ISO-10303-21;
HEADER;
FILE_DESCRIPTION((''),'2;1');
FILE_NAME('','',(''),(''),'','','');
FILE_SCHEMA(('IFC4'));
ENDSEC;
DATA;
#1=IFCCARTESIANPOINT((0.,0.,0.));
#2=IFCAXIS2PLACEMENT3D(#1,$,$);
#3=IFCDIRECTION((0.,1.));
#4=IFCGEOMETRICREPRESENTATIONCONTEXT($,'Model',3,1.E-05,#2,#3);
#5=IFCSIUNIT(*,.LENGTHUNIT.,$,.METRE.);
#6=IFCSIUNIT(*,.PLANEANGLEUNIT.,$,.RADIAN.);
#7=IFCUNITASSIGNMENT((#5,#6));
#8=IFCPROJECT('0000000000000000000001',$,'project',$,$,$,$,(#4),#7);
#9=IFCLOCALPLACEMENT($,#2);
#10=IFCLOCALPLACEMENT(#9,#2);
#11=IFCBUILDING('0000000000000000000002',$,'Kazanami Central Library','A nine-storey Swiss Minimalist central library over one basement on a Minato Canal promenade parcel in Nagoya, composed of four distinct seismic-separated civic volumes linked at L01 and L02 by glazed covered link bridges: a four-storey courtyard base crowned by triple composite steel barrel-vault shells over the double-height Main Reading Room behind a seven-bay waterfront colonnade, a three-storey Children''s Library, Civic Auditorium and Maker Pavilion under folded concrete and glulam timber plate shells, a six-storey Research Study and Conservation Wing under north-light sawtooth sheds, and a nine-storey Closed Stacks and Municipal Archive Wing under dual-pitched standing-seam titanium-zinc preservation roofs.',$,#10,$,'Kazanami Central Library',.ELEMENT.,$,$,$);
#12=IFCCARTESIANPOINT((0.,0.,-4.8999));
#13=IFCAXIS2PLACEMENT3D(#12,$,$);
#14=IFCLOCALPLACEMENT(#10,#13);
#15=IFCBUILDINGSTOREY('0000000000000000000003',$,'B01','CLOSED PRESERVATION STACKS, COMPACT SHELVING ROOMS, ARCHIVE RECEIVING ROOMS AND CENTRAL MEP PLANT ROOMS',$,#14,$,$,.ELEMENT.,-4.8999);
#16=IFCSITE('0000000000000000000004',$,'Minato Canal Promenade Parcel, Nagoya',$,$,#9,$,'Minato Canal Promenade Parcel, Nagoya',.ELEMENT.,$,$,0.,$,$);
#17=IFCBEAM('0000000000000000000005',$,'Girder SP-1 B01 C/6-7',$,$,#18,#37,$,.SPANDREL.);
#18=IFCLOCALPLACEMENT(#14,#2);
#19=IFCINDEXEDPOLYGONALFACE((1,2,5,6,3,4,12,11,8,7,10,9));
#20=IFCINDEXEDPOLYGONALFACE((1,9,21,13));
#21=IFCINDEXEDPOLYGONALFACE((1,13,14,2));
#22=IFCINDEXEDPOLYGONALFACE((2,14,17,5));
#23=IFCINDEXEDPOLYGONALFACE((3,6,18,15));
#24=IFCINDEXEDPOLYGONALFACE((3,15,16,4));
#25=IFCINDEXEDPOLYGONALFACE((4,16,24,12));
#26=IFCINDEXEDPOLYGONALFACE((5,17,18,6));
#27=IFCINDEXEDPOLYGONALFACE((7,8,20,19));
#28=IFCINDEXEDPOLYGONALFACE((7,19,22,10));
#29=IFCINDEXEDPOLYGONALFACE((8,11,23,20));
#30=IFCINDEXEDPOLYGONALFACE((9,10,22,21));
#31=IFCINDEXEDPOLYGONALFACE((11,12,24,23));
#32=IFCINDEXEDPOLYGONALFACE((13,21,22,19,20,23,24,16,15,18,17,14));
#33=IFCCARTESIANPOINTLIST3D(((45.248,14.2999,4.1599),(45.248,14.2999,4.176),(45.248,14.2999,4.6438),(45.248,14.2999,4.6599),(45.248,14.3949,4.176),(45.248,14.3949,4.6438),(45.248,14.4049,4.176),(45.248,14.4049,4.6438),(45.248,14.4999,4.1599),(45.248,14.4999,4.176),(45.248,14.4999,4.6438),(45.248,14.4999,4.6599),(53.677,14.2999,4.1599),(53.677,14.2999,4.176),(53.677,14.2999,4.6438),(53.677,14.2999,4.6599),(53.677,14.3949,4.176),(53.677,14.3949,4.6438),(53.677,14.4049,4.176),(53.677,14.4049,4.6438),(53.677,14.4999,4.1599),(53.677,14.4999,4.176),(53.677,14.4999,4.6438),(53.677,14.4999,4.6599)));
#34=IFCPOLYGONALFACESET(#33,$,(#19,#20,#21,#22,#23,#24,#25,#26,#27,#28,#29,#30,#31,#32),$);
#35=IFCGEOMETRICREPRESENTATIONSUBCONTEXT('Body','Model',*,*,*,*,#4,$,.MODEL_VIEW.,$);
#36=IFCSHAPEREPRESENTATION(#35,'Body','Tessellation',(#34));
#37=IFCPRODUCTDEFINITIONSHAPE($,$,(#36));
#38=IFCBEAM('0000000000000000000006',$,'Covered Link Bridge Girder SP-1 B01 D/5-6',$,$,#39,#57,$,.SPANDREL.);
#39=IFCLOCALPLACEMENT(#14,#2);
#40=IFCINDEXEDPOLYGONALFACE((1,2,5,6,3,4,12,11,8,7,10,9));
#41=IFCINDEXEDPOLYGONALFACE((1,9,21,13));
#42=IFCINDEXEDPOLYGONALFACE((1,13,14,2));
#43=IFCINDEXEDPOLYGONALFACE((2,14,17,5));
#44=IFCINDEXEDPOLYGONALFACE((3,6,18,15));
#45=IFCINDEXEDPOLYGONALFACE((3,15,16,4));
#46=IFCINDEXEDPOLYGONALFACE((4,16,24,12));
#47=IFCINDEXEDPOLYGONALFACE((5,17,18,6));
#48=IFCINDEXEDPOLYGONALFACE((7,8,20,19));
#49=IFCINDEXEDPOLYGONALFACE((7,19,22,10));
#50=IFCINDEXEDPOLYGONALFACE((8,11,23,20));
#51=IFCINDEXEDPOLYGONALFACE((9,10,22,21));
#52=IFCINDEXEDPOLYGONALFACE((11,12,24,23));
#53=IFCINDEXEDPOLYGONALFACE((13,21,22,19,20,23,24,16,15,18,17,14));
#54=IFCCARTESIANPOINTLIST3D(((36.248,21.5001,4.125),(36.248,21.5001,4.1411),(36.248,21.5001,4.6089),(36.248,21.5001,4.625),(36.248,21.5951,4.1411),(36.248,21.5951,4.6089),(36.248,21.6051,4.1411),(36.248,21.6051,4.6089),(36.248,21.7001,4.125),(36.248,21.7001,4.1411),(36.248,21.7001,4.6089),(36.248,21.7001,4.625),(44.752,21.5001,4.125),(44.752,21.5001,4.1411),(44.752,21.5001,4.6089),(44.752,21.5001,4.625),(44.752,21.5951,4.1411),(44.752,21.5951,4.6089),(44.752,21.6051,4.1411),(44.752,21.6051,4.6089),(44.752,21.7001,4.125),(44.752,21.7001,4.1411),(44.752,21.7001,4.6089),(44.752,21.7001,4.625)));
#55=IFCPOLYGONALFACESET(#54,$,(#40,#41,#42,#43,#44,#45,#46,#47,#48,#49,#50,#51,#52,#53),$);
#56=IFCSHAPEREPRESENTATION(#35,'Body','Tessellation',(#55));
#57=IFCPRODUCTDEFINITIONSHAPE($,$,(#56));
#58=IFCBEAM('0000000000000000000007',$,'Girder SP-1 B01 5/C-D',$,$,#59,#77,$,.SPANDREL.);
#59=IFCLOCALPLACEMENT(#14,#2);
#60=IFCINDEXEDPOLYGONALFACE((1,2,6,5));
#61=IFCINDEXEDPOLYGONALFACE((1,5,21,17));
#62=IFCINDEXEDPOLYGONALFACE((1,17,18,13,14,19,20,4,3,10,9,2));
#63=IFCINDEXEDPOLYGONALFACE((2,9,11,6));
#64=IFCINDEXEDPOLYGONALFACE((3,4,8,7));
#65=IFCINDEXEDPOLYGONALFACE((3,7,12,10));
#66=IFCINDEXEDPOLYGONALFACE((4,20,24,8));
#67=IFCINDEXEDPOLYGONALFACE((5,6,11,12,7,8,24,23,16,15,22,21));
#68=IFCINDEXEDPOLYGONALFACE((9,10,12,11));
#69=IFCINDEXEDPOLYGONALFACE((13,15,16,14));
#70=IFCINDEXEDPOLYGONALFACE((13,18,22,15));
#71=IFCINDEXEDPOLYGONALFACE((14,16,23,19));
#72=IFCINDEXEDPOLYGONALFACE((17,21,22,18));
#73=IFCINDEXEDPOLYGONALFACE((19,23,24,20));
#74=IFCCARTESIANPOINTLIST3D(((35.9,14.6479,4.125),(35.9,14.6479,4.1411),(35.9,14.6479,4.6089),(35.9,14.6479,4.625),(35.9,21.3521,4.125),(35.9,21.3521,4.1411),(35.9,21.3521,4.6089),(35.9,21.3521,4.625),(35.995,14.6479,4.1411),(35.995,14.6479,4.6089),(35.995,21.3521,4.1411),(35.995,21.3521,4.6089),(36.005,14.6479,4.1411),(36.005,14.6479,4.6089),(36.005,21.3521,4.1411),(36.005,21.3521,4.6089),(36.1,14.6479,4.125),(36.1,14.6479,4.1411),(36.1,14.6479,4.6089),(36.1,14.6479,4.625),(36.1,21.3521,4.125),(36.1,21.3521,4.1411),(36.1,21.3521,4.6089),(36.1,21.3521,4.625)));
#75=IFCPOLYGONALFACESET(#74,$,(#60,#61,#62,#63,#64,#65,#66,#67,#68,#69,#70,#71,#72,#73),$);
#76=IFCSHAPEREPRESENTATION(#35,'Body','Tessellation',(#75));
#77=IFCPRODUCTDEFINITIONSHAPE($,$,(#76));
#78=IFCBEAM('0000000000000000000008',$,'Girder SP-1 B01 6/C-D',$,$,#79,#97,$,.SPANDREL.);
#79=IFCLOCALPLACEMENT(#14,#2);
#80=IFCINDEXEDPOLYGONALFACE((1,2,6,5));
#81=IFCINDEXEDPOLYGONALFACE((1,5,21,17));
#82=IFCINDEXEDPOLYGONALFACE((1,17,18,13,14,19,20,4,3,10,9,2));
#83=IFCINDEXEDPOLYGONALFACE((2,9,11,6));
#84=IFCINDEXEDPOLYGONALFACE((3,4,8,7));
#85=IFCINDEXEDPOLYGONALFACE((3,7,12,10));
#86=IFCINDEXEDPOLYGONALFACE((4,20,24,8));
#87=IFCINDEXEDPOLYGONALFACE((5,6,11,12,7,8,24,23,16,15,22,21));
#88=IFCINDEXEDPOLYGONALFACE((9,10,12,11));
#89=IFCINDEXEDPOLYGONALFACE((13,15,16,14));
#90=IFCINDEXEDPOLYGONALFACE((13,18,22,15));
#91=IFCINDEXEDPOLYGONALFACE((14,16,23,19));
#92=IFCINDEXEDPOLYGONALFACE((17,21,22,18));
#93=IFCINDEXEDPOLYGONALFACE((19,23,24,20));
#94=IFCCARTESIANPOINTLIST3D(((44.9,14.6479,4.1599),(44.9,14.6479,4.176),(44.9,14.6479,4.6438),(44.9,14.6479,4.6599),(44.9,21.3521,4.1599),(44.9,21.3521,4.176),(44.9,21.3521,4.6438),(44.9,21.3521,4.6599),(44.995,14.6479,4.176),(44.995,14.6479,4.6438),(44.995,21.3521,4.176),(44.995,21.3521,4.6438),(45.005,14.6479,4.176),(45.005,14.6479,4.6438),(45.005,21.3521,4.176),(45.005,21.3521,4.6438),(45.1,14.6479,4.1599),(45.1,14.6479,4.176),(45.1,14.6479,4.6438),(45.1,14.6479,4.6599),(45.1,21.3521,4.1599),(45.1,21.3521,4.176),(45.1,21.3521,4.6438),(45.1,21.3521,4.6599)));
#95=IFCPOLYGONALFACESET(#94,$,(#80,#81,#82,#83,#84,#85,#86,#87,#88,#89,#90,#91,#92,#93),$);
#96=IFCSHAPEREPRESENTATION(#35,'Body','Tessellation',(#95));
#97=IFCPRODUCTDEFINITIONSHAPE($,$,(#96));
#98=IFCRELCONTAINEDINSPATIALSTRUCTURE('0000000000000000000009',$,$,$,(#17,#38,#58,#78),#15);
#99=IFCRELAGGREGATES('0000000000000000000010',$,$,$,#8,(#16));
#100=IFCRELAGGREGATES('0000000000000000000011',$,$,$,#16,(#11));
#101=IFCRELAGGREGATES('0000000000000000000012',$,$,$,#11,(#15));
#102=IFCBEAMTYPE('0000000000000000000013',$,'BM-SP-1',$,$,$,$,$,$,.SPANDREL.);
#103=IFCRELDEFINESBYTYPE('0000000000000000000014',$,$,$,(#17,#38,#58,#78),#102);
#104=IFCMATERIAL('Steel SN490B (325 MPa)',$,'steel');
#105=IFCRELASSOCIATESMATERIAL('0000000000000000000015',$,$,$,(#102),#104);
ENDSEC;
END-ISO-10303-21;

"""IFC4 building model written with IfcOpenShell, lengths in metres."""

from ifc_helpers import new_model, si_unit, direction, frame, origin, origin_2d, place, context, subcontext, project, spatial, i_section, extrude, material, material_profile, profile_set, type_object, element, save


model = new_model("IFC4")

# Units and contexts
model_context = context("Model", 3, precision=1e-05, world=origin(), true_north=direction((0.0, 1.0)))
body_context = subcontext(model_context, "Body", "Model", "MODEL_VIEW")
ifc_project = project(units=[si_unit("LENGTHUNIT", "METRE"), si_unit("PLANEANGLEUNIT", "RADIAN")], contexts=[model_context])

# Site, building, storey
site_placement = place(None, origin())
site = spatial("IfcSite", under=ifc_project, at=site_placement, Name="Minato Canal Promenade Parcel, Nagoya", LongName="Minato Canal Promenade Parcel, Nagoya", CompositionType="ELEMENT", RefElevation=0.0)
building_placement = place(site_placement, origin())
building = spatial("IfcBuilding", under=site, at=building_placement, Name="Kazanami Central Library", Description="A nine-storey Swiss Minimalist central library over one basement on a Minato Canal promenade parcel in Nagoya, composed of four distinct seismic-separated civic volumes linked at L01 and L02 by glazed covered link bridges: a four-storey courtyard base crowned by triple composite steel barrel-vault shells over the double-height Main Reading Room behind a seven-bay waterfront colonnade, a three-storey Children's Library, Civic Auditorium and Maker Pavilion under folded concrete and glulam timber plate shells, a six-storey Research Study and Conservation Wing under north-light sawtooth sheds, and a nine-storey Closed Stacks and Municipal Archive Wing under dual-pitched standing-seam titanium-zinc preservation roofs.", LongName="Kazanami Central Library", CompositionType="ELEMENT")
storey_placement = place(building_placement, frame((0.0, 0.0, -4.8999)))
storey = spatial("IfcBuildingStorey", under=building, at=storey_placement, Name="B01", Description="CLOSED PRESERVATION STACKS, COMPACT SHELVING ROOMS, ARCHIVE RECEIVING ROOMS AND CENTRAL MEP PLANT ROOMS", CompositionType="ELEMENT", Elevation=-4.8999)

# Beams
ifc_material_1 = material(Name="Steel SN490B (325 MPa)", Category="steel")
ifc_material_profile_1 = material_profile(ifc_material_1, i_section(OverallWidth=0.2, OverallDepth=0.5, WebThickness=0.01, FlangeThickness=0.0161, at=origin_2d()), Name="H-500x200x10x16")
ifc_profile_set_1 = profile_set([ifc_material_profile_1], Name="Steel SN490B (325 MPa)")
beam_type_1 = type_object("IfcBeamType", Name="BM-SP-1", PredefinedType="SPANDREL", material=ifc_profile_set_1)
beam_1_placement = place(storey_placement, frame((45.248, 14.3999, 4.4099), z_axis=(1.0, 0.0, 0.0), x_axis=(0.0, 1.0, 0.0)))
element("IfcBeam", 1, at=beam_1_placement, inside=storey, type_object=beam_type_1, Name="Girder SP-1 B01 C/6-7", PredefinedType="SPANDREL", context=body_context, shape_type="SweptSolid", body=[
    extrude(i_section(OverallWidth=0.2, OverallDepth=0.5, WebThickness=0.01, FlangeThickness=0.0161, at=origin_2d()), origin(), (0.0, 0.0, 1.0), 8.429),
])
beam_2_placement = place(storey_placement, frame((36.248, 21.6001, 4.375), z_axis=(1.0, 0.0, 0.0), x_axis=(0.0, 1.0, 0.0)))
element("IfcBeam", 2, at=beam_2_placement, inside=storey, type_object=beam_type_1, Name="Covered Link Bridge Girder SP-1 B01 D/5-6", PredefinedType="SPANDREL", context=body_context, shape_type="SweptSolid", body=[
    extrude(i_section(OverallWidth=0.2, OverallDepth=0.5, WebThickness=0.01, FlangeThickness=0.0161, at=origin_2d()), origin(), (0.0, 0.0, 1.0), 8.5039),
])
for number, where, z_axis, x_axis, name in (
    (3, (36.0, 14.6479, 4.375), (0.0, 1.0, 0.0), (-1.0, 0.0, 0.0), "Girder SP-1 B01 5/C-D"),
    (4, (45.0, 14.6479, 4.4099), (0.0, 1.0, 0.0), (-1.0, 0.0, 0.0), "Girder SP-1 B01 6/C-D"),
):
    element("IfcBeam", number, at=place(storey_placement, frame(where, z_axis=z_axis, x_axis=x_axis)), inside=storey, type_object=beam_type_1, Name=name, PredefinedType="SPANDREL", context=body_context, shape_type="SweptSolid", body=[
        extrude(i_section(OverallWidth=0.2, OverallDepth=0.5, WebThickness=0.01, FlangeThickness=0.0161, at=origin_2d()), origin(), (0.0, 0.0, 1.0), 6.7041),
    ])

save(model, "model.ifc")
